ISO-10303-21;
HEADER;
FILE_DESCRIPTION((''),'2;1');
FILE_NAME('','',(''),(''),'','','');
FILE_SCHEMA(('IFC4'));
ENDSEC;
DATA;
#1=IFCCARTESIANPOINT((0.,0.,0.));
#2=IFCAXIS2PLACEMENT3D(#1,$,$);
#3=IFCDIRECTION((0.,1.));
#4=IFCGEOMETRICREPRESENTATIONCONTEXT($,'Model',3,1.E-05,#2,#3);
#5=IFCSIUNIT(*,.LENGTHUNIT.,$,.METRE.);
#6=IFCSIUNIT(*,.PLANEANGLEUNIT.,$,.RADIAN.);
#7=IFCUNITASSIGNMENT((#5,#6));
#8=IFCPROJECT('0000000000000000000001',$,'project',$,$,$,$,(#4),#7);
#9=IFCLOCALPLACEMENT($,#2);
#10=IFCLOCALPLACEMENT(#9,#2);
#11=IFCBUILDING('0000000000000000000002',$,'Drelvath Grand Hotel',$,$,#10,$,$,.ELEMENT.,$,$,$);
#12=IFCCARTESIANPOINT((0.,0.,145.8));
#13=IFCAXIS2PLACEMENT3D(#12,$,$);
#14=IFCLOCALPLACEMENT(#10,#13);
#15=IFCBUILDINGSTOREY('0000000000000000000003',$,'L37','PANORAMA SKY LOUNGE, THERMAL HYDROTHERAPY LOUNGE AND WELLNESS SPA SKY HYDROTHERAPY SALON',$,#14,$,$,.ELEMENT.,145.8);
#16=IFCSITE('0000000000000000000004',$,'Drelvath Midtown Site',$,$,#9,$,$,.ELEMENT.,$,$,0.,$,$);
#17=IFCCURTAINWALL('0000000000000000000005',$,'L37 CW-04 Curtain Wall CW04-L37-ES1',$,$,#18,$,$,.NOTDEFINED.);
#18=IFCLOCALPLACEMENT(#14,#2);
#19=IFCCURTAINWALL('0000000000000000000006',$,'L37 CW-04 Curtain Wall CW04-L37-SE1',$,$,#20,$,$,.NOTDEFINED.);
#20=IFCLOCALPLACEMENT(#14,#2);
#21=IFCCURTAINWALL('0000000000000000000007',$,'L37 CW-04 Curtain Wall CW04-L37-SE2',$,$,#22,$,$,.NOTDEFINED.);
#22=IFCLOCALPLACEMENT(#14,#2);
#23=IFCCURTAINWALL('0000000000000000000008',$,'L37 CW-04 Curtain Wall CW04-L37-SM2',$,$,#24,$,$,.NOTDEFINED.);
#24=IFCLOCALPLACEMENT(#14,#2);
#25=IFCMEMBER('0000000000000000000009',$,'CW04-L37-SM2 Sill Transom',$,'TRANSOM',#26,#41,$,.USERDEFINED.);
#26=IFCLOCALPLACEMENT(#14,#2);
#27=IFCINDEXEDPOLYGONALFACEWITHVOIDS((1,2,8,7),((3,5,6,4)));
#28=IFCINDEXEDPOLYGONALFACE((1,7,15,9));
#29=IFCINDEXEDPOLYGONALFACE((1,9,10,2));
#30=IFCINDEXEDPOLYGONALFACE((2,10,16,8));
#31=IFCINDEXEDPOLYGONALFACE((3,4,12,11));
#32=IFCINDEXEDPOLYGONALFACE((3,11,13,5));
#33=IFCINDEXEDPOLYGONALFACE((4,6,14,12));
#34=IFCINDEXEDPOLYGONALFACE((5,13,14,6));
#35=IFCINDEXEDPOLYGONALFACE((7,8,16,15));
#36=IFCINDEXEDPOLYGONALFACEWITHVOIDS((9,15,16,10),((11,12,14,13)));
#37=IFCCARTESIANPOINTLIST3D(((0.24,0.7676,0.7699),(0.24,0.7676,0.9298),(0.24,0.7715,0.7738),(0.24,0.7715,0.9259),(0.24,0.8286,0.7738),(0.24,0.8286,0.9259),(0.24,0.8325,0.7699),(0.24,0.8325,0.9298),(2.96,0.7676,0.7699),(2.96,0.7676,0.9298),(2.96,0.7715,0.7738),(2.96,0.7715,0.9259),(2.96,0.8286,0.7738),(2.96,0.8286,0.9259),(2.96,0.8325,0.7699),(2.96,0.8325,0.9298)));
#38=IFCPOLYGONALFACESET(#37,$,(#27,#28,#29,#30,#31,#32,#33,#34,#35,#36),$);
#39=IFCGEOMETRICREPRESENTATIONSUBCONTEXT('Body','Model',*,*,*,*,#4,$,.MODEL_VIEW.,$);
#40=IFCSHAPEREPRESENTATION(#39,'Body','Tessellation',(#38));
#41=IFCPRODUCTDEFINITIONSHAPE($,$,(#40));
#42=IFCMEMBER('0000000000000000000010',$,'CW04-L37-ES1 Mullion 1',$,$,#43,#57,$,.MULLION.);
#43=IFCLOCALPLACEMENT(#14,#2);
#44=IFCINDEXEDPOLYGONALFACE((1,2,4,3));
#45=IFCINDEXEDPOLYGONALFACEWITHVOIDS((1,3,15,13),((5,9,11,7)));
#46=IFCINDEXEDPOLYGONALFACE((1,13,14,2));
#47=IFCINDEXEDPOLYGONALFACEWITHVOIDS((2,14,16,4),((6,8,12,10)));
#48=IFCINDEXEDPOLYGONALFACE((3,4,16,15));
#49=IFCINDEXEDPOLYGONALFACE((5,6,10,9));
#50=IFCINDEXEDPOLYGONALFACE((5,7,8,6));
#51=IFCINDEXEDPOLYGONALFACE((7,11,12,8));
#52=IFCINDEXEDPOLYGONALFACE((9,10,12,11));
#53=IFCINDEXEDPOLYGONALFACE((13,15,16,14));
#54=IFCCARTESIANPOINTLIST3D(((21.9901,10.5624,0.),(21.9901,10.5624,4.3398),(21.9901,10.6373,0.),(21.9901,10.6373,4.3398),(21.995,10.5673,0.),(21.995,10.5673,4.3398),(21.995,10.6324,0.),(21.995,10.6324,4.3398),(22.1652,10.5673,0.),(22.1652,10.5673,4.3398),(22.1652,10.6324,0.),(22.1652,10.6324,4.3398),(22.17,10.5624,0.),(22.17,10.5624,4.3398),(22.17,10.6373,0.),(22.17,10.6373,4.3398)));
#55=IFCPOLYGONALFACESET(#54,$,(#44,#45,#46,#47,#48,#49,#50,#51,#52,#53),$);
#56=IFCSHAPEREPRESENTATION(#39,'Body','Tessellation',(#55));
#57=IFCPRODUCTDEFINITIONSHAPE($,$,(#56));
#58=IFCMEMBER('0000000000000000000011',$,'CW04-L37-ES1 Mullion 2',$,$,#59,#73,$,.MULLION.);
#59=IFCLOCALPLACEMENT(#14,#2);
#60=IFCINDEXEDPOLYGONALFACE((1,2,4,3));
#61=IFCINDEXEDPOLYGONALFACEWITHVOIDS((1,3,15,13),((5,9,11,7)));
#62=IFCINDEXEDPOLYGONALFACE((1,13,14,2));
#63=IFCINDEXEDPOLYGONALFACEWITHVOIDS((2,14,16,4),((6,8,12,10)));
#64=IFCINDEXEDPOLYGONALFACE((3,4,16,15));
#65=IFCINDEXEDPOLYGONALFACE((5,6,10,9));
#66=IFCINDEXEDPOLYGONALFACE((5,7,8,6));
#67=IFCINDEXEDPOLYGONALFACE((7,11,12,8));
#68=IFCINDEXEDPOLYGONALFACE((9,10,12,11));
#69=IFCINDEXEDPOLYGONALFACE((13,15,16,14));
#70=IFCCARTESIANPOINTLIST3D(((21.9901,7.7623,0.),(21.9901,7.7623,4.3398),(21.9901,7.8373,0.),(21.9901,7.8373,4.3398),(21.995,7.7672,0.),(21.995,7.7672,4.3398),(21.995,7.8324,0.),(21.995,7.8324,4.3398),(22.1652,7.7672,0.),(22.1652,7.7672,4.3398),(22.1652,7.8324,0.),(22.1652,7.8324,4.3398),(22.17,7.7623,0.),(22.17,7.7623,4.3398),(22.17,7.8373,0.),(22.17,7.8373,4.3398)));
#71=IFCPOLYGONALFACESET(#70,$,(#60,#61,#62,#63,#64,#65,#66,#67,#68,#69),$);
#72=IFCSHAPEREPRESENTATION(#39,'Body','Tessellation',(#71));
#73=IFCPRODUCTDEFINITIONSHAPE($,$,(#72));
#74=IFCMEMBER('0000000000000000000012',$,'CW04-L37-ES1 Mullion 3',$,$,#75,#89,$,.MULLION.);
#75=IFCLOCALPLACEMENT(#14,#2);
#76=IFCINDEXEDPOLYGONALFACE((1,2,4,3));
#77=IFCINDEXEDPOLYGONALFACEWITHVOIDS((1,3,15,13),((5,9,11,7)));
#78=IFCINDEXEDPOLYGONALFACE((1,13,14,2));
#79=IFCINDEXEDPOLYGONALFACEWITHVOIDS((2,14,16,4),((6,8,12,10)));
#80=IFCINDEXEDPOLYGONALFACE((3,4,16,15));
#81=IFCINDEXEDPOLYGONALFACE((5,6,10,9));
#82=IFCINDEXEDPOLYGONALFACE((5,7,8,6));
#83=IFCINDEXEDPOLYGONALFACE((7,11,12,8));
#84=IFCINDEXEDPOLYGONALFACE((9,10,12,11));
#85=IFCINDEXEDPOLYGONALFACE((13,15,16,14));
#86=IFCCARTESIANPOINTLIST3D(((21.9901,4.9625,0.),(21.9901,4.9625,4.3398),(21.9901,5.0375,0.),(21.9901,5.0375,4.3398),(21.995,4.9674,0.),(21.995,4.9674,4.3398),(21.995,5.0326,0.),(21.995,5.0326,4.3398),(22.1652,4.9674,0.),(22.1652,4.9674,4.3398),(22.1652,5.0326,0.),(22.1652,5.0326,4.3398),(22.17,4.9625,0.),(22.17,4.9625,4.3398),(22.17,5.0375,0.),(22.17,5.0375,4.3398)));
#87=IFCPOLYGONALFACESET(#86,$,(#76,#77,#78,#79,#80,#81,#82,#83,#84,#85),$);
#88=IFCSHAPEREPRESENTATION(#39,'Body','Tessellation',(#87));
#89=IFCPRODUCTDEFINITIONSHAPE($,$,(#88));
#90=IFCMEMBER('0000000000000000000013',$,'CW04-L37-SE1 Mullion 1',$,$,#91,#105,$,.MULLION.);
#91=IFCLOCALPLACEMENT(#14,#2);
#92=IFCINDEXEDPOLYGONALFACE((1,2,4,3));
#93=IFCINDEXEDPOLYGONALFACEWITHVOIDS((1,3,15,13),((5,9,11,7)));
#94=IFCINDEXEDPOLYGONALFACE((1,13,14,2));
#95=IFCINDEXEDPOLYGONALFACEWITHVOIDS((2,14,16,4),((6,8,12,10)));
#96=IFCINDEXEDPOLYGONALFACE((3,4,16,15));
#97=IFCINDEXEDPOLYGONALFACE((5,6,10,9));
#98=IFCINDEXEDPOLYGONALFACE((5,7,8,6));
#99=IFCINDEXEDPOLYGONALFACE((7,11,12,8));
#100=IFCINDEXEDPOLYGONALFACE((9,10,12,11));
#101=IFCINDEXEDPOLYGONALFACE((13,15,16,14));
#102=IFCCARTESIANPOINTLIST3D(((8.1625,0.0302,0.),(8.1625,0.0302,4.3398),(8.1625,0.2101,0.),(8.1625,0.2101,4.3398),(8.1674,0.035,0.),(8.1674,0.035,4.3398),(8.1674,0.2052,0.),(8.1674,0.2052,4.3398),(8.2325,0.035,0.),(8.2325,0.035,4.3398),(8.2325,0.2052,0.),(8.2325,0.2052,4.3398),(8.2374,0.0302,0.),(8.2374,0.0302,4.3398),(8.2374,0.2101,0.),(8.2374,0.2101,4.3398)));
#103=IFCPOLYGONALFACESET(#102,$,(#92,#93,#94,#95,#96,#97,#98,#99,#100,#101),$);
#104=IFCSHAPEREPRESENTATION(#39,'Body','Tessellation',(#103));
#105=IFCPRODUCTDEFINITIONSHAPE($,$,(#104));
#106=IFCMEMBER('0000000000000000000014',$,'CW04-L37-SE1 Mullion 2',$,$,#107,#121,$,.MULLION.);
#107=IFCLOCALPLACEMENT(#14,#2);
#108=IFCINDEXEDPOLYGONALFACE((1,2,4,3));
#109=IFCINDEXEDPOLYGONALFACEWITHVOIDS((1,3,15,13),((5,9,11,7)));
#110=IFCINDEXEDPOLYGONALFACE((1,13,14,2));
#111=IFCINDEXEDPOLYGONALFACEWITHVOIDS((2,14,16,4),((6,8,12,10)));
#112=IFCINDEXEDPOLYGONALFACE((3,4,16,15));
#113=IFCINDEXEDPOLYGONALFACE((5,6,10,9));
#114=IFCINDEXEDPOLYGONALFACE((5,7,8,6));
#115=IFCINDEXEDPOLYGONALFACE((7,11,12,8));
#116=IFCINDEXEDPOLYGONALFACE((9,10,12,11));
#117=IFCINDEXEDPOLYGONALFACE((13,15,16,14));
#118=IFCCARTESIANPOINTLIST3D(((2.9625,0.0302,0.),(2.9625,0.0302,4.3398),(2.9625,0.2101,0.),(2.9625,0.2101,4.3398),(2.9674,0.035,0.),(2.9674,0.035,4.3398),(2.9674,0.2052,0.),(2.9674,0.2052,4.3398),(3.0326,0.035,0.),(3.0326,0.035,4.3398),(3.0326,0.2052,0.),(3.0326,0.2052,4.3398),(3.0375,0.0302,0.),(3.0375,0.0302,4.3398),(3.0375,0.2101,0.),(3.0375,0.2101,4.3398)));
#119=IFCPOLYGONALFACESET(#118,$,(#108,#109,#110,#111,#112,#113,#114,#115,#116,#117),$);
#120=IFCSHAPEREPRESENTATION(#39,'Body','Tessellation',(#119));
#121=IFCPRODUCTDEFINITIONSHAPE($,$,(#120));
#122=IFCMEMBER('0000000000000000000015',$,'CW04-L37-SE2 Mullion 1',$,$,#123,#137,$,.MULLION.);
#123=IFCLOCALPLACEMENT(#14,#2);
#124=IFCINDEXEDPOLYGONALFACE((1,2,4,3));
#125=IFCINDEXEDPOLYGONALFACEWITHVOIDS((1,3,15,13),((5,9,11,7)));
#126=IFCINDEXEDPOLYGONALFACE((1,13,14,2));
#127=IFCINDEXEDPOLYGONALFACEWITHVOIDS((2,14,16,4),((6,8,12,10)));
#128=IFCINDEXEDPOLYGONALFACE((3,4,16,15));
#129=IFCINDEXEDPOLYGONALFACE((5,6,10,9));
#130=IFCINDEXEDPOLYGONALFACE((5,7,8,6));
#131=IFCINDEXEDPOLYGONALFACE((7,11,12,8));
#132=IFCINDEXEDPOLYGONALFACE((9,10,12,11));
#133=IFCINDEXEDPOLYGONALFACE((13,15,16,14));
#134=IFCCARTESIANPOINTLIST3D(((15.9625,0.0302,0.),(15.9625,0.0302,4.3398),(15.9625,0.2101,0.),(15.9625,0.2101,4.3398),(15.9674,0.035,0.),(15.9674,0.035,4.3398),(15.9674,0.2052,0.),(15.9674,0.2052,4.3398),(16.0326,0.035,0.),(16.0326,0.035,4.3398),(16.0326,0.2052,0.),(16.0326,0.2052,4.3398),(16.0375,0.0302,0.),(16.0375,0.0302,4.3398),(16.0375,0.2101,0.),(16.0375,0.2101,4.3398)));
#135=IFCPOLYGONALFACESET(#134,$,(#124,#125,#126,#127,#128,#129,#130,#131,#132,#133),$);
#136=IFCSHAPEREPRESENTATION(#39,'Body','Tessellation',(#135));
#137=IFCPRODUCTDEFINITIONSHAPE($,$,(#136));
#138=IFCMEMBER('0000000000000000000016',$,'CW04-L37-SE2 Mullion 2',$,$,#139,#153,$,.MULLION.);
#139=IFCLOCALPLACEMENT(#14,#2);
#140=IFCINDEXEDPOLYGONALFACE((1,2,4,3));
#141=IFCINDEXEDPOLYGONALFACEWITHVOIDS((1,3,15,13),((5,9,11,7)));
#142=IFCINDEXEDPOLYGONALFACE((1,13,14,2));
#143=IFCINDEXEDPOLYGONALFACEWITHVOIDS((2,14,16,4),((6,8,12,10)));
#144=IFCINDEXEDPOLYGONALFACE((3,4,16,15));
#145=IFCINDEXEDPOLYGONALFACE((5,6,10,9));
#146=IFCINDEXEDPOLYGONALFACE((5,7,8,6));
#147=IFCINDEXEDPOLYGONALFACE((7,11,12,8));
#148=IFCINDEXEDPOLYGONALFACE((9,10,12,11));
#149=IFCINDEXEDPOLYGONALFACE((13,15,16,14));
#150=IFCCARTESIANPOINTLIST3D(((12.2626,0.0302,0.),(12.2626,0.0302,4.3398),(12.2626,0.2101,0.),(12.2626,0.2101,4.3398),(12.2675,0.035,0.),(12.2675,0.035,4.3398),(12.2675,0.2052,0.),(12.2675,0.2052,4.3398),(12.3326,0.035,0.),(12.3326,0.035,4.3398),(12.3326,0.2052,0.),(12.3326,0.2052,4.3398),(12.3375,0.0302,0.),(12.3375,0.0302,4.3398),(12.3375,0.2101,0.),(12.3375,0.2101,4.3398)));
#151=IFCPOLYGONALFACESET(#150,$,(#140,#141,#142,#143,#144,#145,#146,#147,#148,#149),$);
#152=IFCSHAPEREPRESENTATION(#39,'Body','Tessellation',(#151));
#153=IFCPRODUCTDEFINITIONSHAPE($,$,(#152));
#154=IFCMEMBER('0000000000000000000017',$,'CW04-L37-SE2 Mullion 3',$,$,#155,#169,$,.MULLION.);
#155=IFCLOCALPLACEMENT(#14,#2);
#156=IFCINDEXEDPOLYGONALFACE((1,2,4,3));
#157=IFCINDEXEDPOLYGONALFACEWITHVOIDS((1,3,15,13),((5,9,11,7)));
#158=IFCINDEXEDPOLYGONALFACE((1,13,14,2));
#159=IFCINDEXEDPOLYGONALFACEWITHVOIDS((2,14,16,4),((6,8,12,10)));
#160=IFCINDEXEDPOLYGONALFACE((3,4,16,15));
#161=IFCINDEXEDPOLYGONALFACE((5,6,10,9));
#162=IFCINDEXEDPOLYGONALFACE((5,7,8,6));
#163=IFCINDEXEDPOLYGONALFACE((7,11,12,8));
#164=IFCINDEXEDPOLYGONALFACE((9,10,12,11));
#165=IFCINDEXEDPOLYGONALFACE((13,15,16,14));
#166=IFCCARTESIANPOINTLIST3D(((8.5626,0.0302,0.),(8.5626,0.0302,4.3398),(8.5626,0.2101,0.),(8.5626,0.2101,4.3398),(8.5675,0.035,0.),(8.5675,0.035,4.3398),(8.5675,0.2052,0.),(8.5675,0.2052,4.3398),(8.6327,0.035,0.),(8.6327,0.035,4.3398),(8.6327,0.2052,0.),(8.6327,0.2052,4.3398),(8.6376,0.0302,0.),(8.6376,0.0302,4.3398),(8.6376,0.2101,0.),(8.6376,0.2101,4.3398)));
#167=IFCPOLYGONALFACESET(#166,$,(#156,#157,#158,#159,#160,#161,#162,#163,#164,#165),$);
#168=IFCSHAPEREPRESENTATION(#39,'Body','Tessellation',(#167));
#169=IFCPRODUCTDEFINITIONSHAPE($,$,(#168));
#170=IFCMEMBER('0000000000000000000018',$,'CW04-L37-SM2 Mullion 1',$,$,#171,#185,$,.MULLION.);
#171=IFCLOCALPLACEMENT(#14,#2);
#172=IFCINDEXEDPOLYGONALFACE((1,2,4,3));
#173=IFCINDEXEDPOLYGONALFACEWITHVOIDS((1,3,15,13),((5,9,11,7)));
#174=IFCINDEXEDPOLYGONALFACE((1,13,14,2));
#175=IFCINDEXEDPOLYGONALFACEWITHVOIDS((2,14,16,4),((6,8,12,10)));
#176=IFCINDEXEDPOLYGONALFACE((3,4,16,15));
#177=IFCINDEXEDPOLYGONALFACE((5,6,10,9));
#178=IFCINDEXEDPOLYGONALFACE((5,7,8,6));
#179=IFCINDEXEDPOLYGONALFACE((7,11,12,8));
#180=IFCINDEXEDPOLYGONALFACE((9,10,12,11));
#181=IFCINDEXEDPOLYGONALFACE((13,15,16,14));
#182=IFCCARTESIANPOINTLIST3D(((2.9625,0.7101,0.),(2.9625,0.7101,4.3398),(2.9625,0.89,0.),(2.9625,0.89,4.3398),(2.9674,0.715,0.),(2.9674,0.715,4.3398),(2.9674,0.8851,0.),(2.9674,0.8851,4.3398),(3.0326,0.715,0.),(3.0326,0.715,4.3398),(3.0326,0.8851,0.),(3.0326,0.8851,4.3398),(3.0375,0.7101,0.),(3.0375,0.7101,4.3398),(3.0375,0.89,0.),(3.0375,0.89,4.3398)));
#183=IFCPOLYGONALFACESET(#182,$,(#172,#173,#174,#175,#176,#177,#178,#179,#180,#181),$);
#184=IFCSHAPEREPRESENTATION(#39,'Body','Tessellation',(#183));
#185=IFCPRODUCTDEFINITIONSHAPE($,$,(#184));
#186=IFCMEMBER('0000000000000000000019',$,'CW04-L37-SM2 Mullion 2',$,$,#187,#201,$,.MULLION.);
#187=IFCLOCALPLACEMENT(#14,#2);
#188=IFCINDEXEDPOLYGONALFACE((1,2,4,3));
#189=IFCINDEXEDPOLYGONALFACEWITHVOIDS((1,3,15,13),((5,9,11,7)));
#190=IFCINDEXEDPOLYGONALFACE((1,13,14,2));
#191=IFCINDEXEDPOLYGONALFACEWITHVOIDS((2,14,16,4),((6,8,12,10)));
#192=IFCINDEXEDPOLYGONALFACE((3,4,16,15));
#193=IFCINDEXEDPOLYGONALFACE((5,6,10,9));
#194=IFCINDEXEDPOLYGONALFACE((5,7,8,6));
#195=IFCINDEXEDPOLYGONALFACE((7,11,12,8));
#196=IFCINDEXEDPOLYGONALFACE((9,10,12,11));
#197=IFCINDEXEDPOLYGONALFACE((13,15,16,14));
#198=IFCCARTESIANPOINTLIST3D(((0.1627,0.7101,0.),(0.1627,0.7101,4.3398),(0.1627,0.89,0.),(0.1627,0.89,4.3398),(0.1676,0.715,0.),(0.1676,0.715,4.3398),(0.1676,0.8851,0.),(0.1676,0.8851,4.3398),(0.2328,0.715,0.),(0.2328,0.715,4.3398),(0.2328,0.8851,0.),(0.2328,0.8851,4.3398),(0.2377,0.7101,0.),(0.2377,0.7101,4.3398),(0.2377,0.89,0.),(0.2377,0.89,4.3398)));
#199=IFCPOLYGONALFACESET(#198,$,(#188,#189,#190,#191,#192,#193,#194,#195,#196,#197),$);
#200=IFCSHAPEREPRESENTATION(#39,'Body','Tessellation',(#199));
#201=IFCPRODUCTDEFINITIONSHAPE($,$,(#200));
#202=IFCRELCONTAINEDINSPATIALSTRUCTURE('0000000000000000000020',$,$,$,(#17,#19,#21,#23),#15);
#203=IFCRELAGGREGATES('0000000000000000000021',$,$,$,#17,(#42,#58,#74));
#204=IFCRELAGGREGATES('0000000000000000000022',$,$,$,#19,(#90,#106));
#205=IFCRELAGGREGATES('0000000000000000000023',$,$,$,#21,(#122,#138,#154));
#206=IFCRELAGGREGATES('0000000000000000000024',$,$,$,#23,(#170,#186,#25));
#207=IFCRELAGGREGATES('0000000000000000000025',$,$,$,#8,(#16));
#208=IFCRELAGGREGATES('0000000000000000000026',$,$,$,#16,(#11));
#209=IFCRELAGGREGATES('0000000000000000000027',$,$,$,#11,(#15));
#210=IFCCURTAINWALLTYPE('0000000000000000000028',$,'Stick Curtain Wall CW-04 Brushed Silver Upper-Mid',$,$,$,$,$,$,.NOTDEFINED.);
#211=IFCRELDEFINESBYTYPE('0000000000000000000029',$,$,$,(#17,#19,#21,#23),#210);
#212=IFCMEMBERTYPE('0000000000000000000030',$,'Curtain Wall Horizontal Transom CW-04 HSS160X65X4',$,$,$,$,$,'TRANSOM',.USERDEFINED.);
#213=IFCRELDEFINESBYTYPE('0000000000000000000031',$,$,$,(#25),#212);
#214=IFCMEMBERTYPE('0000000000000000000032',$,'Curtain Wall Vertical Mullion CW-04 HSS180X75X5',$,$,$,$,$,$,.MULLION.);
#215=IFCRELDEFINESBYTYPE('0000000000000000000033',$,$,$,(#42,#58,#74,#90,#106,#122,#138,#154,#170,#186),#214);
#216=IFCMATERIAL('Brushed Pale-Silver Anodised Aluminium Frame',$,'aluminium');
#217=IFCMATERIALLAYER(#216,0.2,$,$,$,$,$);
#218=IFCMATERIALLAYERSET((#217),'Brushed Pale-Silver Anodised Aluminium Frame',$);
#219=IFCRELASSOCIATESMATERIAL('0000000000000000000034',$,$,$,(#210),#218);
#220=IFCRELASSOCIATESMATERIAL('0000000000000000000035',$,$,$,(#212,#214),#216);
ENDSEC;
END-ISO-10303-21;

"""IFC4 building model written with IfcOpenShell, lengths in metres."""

from ifc_helpers import new_model, si_unit, direction, frame, origin, origin_2d, place, context, subcontext, project, spatial, hollow_rectangle, extrude, material, layer, layer_set, material_profile, profile_set, type_object, element, aggregate, save


model = new_model("IFC4")

# Units and contexts
model_context = context("Model", 3, precision=1e-05, world=origin(), true_north=direction((0.0, 1.0)))
body_context = subcontext(model_context, "Body", "Model", "MODEL_VIEW")
ifc_project = project(units=[si_unit("LENGTHUNIT", "METRE"), si_unit("PLANEANGLEUNIT", "RADIAN")], contexts=[model_context])

# Site, building, storey
site_placement = place(None, origin())
site = spatial("IfcSite", under=ifc_project, at=site_placement, Name="Drelvath Midtown Site", CompositionType="ELEMENT", RefElevation=0.0)
building_placement = place(site_placement, origin())
building = spatial("IfcBuilding", under=site, at=building_placement, Name="Drelvath Grand Hotel", CompositionType="ELEMENT")
storey_placement = place(building_placement, frame((0.0, 0.0, 145.8)))
storey = spatial("IfcBuildingStorey", under=building, at=storey_placement, Name="L37", Description="PANORAMA SKY LOUNGE, THERMAL HYDROTHERAPY LOUNGE AND WELLNESS SPA SKY HYDROTHERAPY SALON", CompositionType="ELEMENT", Elevation=145.8)

# Curtain walls, member
ifc_material_1 = material(Name="Brushed Pale-Silver Anodised Aluminium Frame", Category="aluminium")
ifc_layer_1 = layer(ifc_material_1, 0.2)
ifc_layer_set_1 = layer_set([ifc_layer_1], Name="Brushed Pale-Silver Anodised Aluminium Frame")
curtain_wall_type = type_object("IfcCurtainWallType", Name="Stick Curtain Wall CW-04 Brushed Silver Upper-Mid", PredefinedType="NOTDEFINED", material=ifc_layer_set_1)
curtain_wall_1_placement = place(storey_placement, origin())
curtain_wall_1 = element("IfcCurtainWall", 1, at=curtain_wall_1_placement, inside=storey, type_object=curtain_wall_type, Name="L37 CW-04 Curtain Wall CW04-L37-ES1", PredefinedType="NOTDEFINED")
ifc_material_profile_1 = material_profile(ifc_material_1, hollow_rectangle(XDim=0.0649, YDim=0.1599, WallThickness=0.0039, at=origin_2d()), Name="HSS160X65X4")
ifc_profile_set_1 = profile_set([ifc_material_profile_1], Name="Brushed Pale-Silver Anodised Aluminium Frame")
member_type_1 = type_object("IfcMemberType", Name="Curtain Wall Horizontal Transom CW-04 HSS160X65X4", ElementType="TRANSOM", PredefinedType="USERDEFINED", material=ifc_profile_set_1)
curtain_wall_2_placement = place(storey_placement, origin())
curtain_wall_2 = element("IfcCurtainWall", 2, at=curtain_wall_2_placement, inside=storey, type_object=curtain_wall_type, Name="L37 CW-04 Curtain Wall CW04-L37-SE1", PredefinedType="NOTDEFINED")
curtain_wall_3_placement = place(storey_placement, origin())
curtain_wall_3 = element("IfcCurtainWall", 3, at=curtain_wall_3_placement, inside=storey, type_object=curtain_wall_type, Name="L37 CW-04 Curtain Wall CW04-L37-SE2", PredefinedType="NOTDEFINED")
curtain_wall_4_placement = place(storey_placement, origin())
curtain_wall_4 = element("IfcCurtainWall", 4, at=curtain_wall_4_placement, inside=storey, type_object=curtain_wall_type, Name="L37 CW-04 Curtain Wall CW04-L37-SM2", PredefinedType="NOTDEFINED")
member_1_placement = place(storey_placement, frame((2.96, 0.8, 0.8499), z_axis=(-1.0, 0.0, 0.0), x_axis=(0.0, -1.0, 0.0)))
member_1 = element("IfcMember", 5, at=member_1_placement, type_object=member_type_1, Name="CW04-L37-SM2 Sill Transom", ObjectType="TRANSOM", PredefinedType="USERDEFINED", context=body_context, shape_type="SweptSolid", body=[
    extrude(hollow_rectangle(XDim=0.0649, YDim=0.1599, WallThickness=0.0039, at=origin_2d()), origin(), (0.0, 0.0, 1.0), 2.72),
])

# Members
ifc_material_profile_2 = material_profile(ifc_material_1, hollow_rectangle(XDim=0.075, YDim=0.1799, WallThickness=0.0049, at=origin_2d()), Name="HSS180X75X5")
ifc_profile_set_2 = profile_set([ifc_material_profile_2], Name="Brushed Pale-Silver Anodised Aluminium Frame")
member_type_2 = type_object("IfcMemberType", Name="Curtain Wall Vertical Mullion CW-04 HSS180X75X5", PredefinedType="MULLION", material=ifc_profile_set_2)
member_2_placement = place(storey_placement, frame((22.0801, 10.5999, 0.0), z_axis=(0.0, 0.0, 1.0), x_axis=(0.0, 1.0, 0.0)))
member_2 = element("IfcMember", 6, at=member_2_placement, type_object=member_type_2, Name="CW04-L37-ES1 Mullion 1", PredefinedType="MULLION", context=body_context, shape_type="SweptSolid", body=[
    extrude(hollow_rectangle(XDim=0.075, YDim=0.1799, WallThickness=0.0049, at=origin_2d()), origin(), (0.0, 0.0, 1.0), 4.3398),
])
member_3_placement = place(storey_placement, frame((22.0801, 7.7998, 0.0), z_axis=(0.0, 0.0, 1.0), x_axis=(0.0, 1.0, 0.0)))
member_3 = element("IfcMember", 7, at=member_3_placement, type_object=member_type_2, Name="CW04-L37-ES1 Mullion 2", PredefinedType="MULLION", context=body_context, shape_type="SweptSolid", body=[
    extrude(hollow_rectangle(XDim=0.075, YDim=0.1799, WallThickness=0.0049, at=origin_2d()), origin(), (0.0, 0.0, 1.0), 4.3398),
])
member_4_placement = place(storey_placement, frame((22.0801, 5.0, 0.0), z_axis=(0.0, 0.0, 1.0), x_axis=(0.0, 1.0, 0.0)))
member_4 = element("IfcMember", 8, at=member_4_placement, type_object=member_type_2, Name="CW04-L37-ES1 Mullion 3", PredefinedType="MULLION", context=body_context, shape_type="SweptSolid", body=[
    extrude(hollow_rectangle(XDim=0.075, YDim=0.1799, WallThickness=0.0049, at=origin_2d()), origin(), (0.0, 0.0, 1.0), 4.3398),
])
member_5_placement = place(storey_placement, frame((8.2, 0.1201, 0.0), z_axis=(0.0, 0.0, 1.0), x_axis=(1.0, 0.0, 0.0)))
member_5 = element("IfcMember", 9, at=member_5_placement, type_object=member_type_2, Name="CW04-L37-SE1 Mullion 1", PredefinedType="MULLION", context=body_context, shape_type="SweptSolid", body=[
    extrude(hollow_rectangle(XDim=0.075, YDim=0.1799, WallThickness=0.0049, at=origin_2d()), origin(), (0.0, 0.0, 1.0), 4.3398),
])
member_6_placement = place(storey_placement, frame((3.0, 0.1201, 0.0), z_axis=(0.0, 0.0, 1.0), x_axis=(1.0, 0.0, 0.0)))
member_6 = element("IfcMember", 10, at=member_6_placement, type_object=member_type_2, Name="CW04-L37-SE1 Mullion 2", PredefinedType="MULLION", context=body_context, shape_type="SweptSolid", body=[
    extrude(hollow_rectangle(XDim=0.075, YDim=0.1799, WallThickness=0.0049, at=origin_2d()), origin(), (0.0, 0.0, 1.0), 4.3398),
])
member_7_placement = place(storey_placement, frame((16.0, 0.1201, 0.0), z_axis=(0.0, 0.0, 1.0), x_axis=(1.0, 0.0, 0.0)))
member_7 = element("IfcMember", 11, at=member_7_placement, type_object=member_type_2, Name="CW04-L37-SE2 Mullion 1", PredefinedType="MULLION", context=body_context, shape_type="SweptSolid", body=[
    extrude(hollow_rectangle(XDim=0.075, YDim=0.1799, WallThickness=0.0049, at=origin_2d()), origin(), (0.0, 0.0, 1.0), 4.3398),
])
member_8_placement = place(storey_placement, frame((12.3, 0.1201, 0.0), z_axis=(0.0, 0.0, 1.0), x_axis=(1.0, 0.0, 0.0)))
member_8 = element("IfcMember", 12, at=member_8_placement, type_object=member_type_2, Name="CW04-L37-SE2 Mullion 2", PredefinedType="MULLION", context=body_context, shape_type="SweptSolid", body=[
    extrude(hollow_rectangle(XDim=0.075, YDim=0.1799, WallThickness=0.0049, at=origin_2d()), origin(), (0.0, 0.0, 1.0), 4.3398),
])
member_9_placement = place(storey_placement, frame((8.6001, 0.1201, 0.0), z_axis=(0.0, 0.0, 1.0), x_axis=(1.0, 0.0, 0.0)))
member_9 = element("IfcMember", 13, at=member_9_placement, type_object=member_type_2, Name="CW04-L37-SE2 Mullion 3", PredefinedType="MULLION", context=body_context, shape_type="SweptSolid", body=[
    extrude(hollow_rectangle(XDim=0.075, YDim=0.1799, WallThickness=0.0049, at=origin_2d()), origin(), (0.0, 0.0, 1.0), 4.3398),
])
member_10_placement = place(storey_placement, frame((3.0, 0.8, 0.0), z_axis=(0.0, 0.0, 1.0), x_axis=(1.0, 0.0, 0.0)))
member_10 = element("IfcMember", 14, at=member_10_placement, type_object=member_type_2, Name="CW04-L37-SM2 Mullion 1", PredefinedType="MULLION", context=body_context, shape_type="SweptSolid", body=[
    extrude(hollow_rectangle(XDim=0.075, YDim=0.1799, WallThickness=0.0049, at=origin_2d()), origin(), (0.0, 0.0, 1.0), 4.3398),
])
member_11_placement = place(storey_placement, frame((0.2002, 0.8, 0.0), z_axis=(0.0, 0.0, 1.0), x_axis=(1.0, 0.0, 0.0)))
member_11 = element("IfcMember", 15, at=member_11_placement, type_object=member_type_2, Name="CW04-L37-SM2 Mullion 2", PredefinedType="MULLION", context=body_context, shape_type="SweptSolid", body=[
    extrude(hollow_rectangle(XDim=0.075, YDim=0.1799, WallThickness=0.0049, at=origin_2d()), origin(), (0.0, 0.0, 1.0), 4.3398),
])

aggregate(curtain_wall_1, [member_2, member_3, member_4])
aggregate(curtain_wall_2, [member_5, member_6])
aggregate(curtain_wall_3, [member_7, member_8, member_9])
aggregate(curtain_wall_4, [member_10, member_11, member_1])

save(model, "model.ifc")
